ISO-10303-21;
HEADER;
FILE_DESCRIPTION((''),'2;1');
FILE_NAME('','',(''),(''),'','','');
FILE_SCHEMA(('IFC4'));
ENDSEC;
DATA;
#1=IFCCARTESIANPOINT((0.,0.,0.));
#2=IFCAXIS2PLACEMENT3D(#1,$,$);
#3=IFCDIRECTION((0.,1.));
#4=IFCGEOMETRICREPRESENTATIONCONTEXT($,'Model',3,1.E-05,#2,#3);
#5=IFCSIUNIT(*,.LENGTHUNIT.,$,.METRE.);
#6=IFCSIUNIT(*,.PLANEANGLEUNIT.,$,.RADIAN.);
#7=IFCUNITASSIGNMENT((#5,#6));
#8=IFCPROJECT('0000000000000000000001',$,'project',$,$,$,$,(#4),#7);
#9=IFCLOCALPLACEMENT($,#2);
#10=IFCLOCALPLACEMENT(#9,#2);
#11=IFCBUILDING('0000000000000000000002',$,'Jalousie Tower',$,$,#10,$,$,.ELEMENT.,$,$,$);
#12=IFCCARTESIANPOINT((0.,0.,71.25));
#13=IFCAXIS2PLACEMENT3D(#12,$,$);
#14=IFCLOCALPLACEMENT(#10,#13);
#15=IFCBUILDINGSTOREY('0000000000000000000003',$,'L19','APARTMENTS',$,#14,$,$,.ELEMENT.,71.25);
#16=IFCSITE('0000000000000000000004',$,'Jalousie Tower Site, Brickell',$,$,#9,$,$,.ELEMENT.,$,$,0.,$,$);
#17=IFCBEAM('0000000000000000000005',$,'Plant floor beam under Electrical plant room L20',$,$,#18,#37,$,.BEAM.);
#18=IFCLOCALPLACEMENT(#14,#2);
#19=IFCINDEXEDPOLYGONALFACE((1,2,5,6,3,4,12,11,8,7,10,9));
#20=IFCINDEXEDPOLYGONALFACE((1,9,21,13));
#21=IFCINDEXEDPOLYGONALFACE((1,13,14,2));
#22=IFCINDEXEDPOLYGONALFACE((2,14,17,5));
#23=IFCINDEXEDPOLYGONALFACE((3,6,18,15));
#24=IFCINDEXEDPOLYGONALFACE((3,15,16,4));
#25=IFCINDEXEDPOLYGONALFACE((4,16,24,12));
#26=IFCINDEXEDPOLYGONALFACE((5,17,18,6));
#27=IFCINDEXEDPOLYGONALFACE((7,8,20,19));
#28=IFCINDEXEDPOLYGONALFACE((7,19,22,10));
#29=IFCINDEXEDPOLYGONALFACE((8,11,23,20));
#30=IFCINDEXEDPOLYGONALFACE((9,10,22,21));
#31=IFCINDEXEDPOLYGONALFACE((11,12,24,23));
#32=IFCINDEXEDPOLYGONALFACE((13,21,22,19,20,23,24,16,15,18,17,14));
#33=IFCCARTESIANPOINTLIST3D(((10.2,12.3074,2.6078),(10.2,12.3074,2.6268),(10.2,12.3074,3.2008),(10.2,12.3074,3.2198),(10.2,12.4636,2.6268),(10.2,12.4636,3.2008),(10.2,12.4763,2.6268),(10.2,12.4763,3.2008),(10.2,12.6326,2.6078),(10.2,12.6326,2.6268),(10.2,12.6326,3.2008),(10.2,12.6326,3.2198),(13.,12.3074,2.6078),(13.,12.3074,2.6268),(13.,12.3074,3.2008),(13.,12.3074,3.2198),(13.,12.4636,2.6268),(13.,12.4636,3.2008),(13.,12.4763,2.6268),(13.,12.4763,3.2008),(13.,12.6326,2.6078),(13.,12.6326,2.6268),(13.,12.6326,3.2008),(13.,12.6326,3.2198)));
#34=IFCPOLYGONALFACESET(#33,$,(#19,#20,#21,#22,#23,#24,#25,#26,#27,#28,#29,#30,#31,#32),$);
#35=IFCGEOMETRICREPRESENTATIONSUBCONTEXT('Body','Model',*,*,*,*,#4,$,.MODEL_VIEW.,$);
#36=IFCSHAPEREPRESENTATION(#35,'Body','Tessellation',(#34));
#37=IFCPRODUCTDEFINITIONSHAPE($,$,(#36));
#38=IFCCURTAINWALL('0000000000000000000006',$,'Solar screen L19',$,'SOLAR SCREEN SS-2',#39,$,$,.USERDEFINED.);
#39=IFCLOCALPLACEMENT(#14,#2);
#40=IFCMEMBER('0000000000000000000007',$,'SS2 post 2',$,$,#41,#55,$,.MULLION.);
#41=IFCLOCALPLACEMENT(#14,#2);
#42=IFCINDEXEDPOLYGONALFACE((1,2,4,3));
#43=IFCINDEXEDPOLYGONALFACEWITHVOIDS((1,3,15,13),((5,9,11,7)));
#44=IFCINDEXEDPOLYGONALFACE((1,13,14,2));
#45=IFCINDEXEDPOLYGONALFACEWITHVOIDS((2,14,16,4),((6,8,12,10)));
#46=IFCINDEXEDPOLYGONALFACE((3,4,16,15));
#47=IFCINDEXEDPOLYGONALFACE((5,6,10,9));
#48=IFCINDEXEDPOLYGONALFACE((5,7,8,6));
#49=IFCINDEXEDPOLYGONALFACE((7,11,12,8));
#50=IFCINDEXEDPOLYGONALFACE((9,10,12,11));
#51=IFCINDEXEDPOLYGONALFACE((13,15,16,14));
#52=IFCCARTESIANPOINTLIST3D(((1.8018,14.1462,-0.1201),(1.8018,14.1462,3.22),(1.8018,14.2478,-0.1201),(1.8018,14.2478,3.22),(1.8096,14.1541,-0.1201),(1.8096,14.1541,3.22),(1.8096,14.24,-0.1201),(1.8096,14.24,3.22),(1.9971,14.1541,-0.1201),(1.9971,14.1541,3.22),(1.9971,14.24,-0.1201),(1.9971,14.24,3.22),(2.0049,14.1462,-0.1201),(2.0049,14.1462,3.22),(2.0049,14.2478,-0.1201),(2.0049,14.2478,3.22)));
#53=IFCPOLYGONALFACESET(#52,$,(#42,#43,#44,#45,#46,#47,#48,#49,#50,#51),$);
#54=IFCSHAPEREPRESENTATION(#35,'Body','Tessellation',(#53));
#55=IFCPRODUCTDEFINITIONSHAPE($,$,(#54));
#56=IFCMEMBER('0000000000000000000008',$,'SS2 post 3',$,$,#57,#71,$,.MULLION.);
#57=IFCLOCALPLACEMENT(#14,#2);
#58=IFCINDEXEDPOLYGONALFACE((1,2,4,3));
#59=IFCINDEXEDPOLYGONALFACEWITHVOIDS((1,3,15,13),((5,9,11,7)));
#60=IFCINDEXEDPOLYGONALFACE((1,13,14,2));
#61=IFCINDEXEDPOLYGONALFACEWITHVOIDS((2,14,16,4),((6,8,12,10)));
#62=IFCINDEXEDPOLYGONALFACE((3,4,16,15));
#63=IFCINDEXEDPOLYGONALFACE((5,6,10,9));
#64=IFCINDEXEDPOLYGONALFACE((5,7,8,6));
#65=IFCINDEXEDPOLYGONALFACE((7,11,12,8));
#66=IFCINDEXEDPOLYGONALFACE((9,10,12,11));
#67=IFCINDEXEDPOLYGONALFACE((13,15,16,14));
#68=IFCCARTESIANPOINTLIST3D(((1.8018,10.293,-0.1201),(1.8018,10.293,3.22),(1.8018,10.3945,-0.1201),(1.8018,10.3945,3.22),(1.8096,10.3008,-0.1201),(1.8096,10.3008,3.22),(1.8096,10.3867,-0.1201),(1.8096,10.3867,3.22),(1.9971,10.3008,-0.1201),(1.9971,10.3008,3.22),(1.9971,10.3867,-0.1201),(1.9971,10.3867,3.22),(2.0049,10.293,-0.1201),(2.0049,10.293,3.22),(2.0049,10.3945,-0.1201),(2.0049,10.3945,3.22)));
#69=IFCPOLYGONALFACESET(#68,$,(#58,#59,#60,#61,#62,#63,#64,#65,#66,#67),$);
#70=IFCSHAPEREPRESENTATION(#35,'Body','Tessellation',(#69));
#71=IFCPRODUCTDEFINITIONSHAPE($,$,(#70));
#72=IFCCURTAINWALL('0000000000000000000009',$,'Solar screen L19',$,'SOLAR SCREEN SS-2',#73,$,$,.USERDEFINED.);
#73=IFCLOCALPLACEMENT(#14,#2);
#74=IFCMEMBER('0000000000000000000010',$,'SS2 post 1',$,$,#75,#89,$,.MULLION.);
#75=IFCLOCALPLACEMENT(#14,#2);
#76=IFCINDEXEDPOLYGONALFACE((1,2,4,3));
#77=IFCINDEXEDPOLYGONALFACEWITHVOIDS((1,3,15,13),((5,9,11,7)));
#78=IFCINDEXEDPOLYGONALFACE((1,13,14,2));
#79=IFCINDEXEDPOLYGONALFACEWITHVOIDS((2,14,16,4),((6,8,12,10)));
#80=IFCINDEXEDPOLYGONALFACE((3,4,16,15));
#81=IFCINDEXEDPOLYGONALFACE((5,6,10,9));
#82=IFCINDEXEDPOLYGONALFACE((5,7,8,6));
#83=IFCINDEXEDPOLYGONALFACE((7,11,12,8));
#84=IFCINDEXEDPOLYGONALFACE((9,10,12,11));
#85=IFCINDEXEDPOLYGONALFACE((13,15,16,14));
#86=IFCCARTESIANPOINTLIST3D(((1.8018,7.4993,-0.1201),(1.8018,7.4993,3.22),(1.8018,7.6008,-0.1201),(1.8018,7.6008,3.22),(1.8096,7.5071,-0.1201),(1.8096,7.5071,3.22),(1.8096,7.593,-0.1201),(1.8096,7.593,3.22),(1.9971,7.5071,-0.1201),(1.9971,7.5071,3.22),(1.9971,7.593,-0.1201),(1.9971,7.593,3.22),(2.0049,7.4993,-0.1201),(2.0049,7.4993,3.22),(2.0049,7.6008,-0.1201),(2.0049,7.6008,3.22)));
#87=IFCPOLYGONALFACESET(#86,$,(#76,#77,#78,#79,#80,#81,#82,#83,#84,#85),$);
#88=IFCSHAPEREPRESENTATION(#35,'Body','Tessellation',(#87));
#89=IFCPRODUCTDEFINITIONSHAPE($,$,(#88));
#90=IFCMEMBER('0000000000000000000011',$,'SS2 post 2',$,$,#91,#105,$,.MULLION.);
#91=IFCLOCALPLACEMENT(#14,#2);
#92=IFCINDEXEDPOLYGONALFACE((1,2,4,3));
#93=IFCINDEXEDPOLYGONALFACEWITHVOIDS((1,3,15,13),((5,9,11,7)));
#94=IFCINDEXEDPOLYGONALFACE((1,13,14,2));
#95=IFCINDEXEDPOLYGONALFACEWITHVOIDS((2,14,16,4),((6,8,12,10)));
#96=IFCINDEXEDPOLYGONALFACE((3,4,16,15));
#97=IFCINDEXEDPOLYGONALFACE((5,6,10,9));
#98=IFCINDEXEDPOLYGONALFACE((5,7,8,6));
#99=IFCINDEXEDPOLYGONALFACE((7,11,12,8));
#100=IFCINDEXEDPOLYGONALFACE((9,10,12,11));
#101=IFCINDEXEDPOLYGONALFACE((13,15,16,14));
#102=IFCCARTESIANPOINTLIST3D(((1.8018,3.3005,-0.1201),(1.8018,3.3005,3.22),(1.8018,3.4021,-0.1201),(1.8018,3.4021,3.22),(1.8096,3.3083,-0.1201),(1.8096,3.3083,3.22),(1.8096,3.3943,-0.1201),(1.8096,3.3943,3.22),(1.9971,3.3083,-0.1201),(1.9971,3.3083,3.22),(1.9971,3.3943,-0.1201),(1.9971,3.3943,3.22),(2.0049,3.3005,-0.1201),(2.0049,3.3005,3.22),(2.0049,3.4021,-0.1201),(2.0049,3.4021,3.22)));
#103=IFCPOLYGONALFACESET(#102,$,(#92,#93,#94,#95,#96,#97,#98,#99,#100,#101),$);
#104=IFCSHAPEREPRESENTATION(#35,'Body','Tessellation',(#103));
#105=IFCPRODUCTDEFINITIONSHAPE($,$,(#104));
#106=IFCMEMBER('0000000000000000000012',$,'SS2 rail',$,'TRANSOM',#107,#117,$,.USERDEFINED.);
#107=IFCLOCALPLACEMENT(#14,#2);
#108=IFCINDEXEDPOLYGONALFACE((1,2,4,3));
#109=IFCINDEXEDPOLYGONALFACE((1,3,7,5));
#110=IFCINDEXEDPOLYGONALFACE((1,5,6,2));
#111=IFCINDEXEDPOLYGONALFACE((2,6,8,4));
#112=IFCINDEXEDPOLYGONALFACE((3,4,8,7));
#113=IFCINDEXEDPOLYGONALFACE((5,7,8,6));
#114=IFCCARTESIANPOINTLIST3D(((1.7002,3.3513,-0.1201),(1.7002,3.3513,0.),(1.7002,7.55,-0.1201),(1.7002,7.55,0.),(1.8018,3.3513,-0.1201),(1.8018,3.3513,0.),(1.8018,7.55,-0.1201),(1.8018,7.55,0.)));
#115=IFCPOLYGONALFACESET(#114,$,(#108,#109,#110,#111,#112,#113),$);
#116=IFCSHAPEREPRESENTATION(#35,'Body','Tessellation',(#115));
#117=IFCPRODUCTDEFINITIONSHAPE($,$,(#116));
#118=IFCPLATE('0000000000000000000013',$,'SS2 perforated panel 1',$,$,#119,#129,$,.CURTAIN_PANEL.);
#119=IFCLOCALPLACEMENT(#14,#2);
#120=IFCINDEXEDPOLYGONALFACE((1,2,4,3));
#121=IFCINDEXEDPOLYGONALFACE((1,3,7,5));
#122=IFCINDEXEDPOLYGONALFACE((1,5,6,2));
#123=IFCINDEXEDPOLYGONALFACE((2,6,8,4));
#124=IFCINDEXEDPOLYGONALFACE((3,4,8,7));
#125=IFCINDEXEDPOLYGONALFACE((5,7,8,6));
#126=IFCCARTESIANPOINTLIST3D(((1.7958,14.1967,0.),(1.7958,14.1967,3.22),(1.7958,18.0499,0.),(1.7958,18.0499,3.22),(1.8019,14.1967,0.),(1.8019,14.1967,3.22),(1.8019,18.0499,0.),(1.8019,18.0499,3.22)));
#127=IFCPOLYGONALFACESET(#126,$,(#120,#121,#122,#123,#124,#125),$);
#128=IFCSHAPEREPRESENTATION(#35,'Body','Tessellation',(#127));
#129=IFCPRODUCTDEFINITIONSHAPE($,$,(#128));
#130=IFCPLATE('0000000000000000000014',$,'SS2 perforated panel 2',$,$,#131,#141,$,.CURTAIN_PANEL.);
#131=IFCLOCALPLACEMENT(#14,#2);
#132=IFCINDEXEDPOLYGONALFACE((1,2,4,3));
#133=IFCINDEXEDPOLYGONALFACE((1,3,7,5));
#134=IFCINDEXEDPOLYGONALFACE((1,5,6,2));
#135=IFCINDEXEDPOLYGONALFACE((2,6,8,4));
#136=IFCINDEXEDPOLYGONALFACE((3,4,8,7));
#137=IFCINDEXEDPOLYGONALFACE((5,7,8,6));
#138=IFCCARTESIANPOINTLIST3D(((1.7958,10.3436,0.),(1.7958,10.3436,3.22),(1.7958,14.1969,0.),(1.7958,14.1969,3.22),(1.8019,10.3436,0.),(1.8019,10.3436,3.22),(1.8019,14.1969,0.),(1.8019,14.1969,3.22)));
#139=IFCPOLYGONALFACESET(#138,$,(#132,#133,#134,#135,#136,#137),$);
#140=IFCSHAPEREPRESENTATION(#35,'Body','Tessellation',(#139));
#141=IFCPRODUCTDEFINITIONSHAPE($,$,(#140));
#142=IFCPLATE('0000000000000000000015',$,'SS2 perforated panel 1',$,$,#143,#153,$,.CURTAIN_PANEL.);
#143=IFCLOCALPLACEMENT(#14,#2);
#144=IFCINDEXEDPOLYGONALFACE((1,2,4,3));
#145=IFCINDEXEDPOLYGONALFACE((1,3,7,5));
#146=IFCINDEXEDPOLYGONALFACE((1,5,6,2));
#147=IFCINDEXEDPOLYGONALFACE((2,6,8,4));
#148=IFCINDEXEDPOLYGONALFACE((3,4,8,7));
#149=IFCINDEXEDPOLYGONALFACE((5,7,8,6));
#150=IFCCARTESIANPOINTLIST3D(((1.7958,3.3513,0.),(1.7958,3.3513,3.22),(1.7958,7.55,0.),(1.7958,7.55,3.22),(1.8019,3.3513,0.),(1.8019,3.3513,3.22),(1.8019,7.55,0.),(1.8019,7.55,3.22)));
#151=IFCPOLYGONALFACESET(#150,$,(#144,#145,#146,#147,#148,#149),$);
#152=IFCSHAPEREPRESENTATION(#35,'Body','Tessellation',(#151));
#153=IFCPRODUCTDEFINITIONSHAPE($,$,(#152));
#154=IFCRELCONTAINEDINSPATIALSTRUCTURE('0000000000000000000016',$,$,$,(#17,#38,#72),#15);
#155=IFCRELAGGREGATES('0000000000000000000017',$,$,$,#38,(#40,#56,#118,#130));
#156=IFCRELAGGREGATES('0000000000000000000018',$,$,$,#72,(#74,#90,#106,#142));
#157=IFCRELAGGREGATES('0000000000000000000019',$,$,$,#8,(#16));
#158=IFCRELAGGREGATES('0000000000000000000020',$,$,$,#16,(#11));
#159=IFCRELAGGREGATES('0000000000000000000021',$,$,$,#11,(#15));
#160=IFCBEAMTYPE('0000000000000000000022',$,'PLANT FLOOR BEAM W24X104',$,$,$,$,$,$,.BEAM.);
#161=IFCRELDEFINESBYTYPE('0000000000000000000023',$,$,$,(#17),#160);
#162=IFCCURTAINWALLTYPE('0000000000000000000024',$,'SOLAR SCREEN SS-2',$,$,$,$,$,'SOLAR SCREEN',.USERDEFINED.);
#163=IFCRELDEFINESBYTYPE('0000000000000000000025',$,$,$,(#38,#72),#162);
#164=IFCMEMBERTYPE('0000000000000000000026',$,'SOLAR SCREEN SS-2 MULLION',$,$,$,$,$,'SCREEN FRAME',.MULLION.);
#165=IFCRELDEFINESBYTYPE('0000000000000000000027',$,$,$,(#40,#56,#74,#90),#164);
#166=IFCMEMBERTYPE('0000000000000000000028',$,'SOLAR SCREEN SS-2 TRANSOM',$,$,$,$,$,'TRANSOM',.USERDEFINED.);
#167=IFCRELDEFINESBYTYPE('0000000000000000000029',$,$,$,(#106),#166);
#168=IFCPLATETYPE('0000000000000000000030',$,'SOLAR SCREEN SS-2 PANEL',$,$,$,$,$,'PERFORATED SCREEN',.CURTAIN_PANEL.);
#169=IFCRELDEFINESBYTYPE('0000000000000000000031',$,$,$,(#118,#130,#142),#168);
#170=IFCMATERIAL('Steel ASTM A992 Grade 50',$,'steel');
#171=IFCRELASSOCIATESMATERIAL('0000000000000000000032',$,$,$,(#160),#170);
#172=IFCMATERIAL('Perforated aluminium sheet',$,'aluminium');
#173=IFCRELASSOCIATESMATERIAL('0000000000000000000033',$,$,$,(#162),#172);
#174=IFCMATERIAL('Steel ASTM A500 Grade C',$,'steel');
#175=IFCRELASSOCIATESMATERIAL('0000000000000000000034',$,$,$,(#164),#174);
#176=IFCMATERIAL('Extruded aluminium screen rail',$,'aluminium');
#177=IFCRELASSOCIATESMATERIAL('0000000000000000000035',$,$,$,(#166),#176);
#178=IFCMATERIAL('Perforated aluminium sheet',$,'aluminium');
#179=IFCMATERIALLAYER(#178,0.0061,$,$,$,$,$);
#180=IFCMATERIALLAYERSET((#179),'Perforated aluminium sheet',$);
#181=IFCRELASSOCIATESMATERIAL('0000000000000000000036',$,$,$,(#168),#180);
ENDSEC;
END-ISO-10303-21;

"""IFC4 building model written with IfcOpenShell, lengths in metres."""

from ifc_helpers import new_model, si_unit, direction, frame, origin, origin_2d, place, context, subcontext, project, spatial, rectangle, hollow_rectangle, i_section, extrude, material, layer, layer_set, material_profile, profile_set, type_object, element, aggregate, save


model = new_model("IFC4")

# Units and contexts
model_context = context("Model", 3, precision=1e-05, world=origin(), true_north=direction((0.0, 1.0)))
body_context = subcontext(model_context, "Body", "Model", "MODEL_VIEW")
ifc_project = project(units=[si_unit("LENGTHUNIT", "METRE"), si_unit("PLANEANGLEUNIT", "RADIAN")], contexts=[model_context])

# Site, building, storey
site_placement = place(None, origin())
site = spatial("IfcSite", under=ifc_project, at=site_placement, Name="Jalousie Tower Site, Brickell", CompositionType="ELEMENT", RefElevation=0.0)
building_placement = place(site_placement, origin())
building = spatial("IfcBuilding", under=site, at=building_placement, Name="Jalousie Tower", CompositionType="ELEMENT")
storey_placement = place(building_placement, frame((0.0, 0.0, 71.25)))
storey = spatial("IfcBuildingStorey", under=building, at=storey_placement, Name="L19", Description="APARTMENTS", CompositionType="ELEMENT", Elevation=71.25)

# Beam
ifc_material_1 = material(Name="Steel ASTM A992 Grade 50", Category="steel")
ifc_material_profile_1 = material_profile(ifc_material_1, i_section(OverallWidth=0.3252, OverallDepth=0.6121, WebThickness=0.0127, FlangeThickness=0.019, at=origin_2d()), Name="W24X104")
ifc_profile_set_1 = profile_set([ifc_material_profile_1], Name="Steel ASTM A992 Grade 50")
beam_type = type_object("IfcBeamType", Name="PLANT FLOOR BEAM W24X104", PredefinedType="BEAM", material=ifc_profile_set_1)
beam_1_placement = place(storey_placement, frame((10.2, 12.47, 2.9138), z_axis=(1.0, 0.0, 0.0), x_axis=(0.0, 1.0, 0.0)))
element("IfcBeam", 1, at=beam_1_placement, inside=storey, type_object=beam_type, Name="Plant floor beam under Electrical plant room L20", PredefinedType="BEAM", context=body_context, shape_type="SweptSolid", body=[
    extrude(i_section(OverallWidth=0.3252, OverallDepth=0.6121, WebThickness=0.0127, FlangeThickness=0.019, at=origin_2d()), origin(), (0.0, 0.0, 1.0), 2.8),
])

# Curtain walls, members
ifc_material_2 = material(Name="Perforated aluminium sheet", Category="aluminium")
curtain_wall_type_1 = type_object("IfcCurtainWallType", Name="SOLAR SCREEN SS-2", ElementType="SOLAR SCREEN", PredefinedType="USERDEFINED", material=ifc_material_2)
curtain_wall_1_placement = place(storey_placement, origin())
curtain_wall_1 = element("IfcCurtainWall", 2, at=curtain_wall_1_placement, inside=storey, type_object=curtain_wall_type_1, Name="Solar screen L19", ObjectType="SOLAR SCREEN SS-2", PredefinedType="USERDEFINED")
ifc_material_3 = material(Name="Steel ASTM A500 Grade C", Category="steel")
ifc_material_profile_2 = material_profile(ifc_material_3, hollow_rectangle(XDim=0.1016, YDim=0.2031, WallThickness=0.0078, at=origin_2d()), Name="HSS8X4X5/16")
ifc_profile_set_2 = profile_set([ifc_material_profile_2], Name="Steel ASTM A500 Grade C")
member_type_1 = type_object("IfcMemberType", Name="SOLAR SCREEN SS-2 MULLION", ElementType="SCREEN FRAME", PredefinedType="MULLION", material=ifc_profile_set_2)
member_1_placement = place(storey_placement, frame((1.9033, 14.197, -0.1201), z_axis=(0.0, 0.0, 1.0), x_axis=(0.0, -1.0, 0.0)))
member_1 = element("IfcMember", 3, at=member_1_placement, type_object=member_type_1, Name="SS2 post 2", PredefinedType="MULLION", context=body_context, shape_type="SweptSolid", body=[
    extrude(hollow_rectangle(XDim=0.1016, YDim=0.2031, WallThickness=0.0078, at=origin_2d()), origin(), (0.0, 0.0, 1.0), 3.3401),
])
member_2_placement = place(storey_placement, frame((1.9033, 10.3438, -0.1201), z_axis=(0.0, 0.0, 1.0), x_axis=(0.0, -1.0, 0.0)))
member_2 = element("IfcMember", 4, at=member_2_placement, type_object=member_type_1, Name="SS2 post 3", PredefinedType="MULLION", context=body_context, shape_type="SweptSolid", body=[
    extrude(hollow_rectangle(XDim=0.1016, YDim=0.2031, WallThickness=0.0078, at=origin_2d()), origin(), (0.0, 0.0, 1.0), 3.3401),
])
curtain_wall_2_placement = place(storey_placement, origin())
curtain_wall_2 = element("IfcCurtainWall", 5, at=curtain_wall_2_placement, inside=storey, type_object=curtain_wall_type_1, Name="Solar screen L19", ObjectType="SOLAR SCREEN SS-2", PredefinedType="USERDEFINED")
member_3_placement = place(storey_placement, frame((1.9033, 7.55, -0.1201), z_axis=(0.0, 0.0, 1.0), x_axis=(0.0, -1.0, 0.0)))
member_3 = element("IfcMember", 6, at=member_3_placement, type_object=member_type_1, Name="SS2 post 1", PredefinedType="MULLION", context=body_context, shape_type="SweptSolid", body=[
    extrude(hollow_rectangle(XDim=0.1016, YDim=0.2031, WallThickness=0.0078, at=origin_2d()), origin(), (0.0, 0.0, 1.0), 3.3401),
])
member_4_placement = place(storey_placement, frame((1.9033, 3.3513, -0.1201), z_axis=(0.0, 0.0, 1.0), x_axis=(0.0, -1.0, 0.0)))
member_4 = element("IfcMember", 7, at=member_4_placement, type_object=member_type_1, Name="SS2 post 2", PredefinedType="MULLION", context=body_context, shape_type="SweptSolid", body=[
    extrude(hollow_rectangle(XDim=0.1016, YDim=0.2031, WallThickness=0.0078, at=origin_2d()), origin(), (0.0, 0.0, 1.0), 3.3401),
])
ifc_material_4 = material(Name="Extruded aluminium screen rail", Category="aluminium")
ifc_material_profile_3 = material_profile(ifc_material_4, rectangle(XDim=0.1016, YDim=0.1201, at=origin_2d()), Name="RAIL 102x120")
ifc_profile_set_3 = profile_set([ifc_material_profile_3], Name="Extruded aluminium screen rail")
member_type_2 = type_object("IfcMemberType", Name="SOLAR SCREEN SS-2 TRANSOM", ElementType="TRANSOM", PredefinedType="USERDEFINED", material=ifc_profile_set_3)
member_5_placement = place(storey_placement, frame((1.751, 7.55, -0.0601), z_axis=(0.0, -1.0, 0.0), x_axis=(1.0, 0.0, 0.0)))
member_5 = element("IfcMember", 8, at=member_5_placement, type_object=member_type_2, Name="SS2 rail", ObjectType="TRANSOM", PredefinedType="USERDEFINED", context=body_context, shape_type="SweptSolid", body=[
    extrude(rectangle(XDim=0.1016, YDim=0.1201, at=origin_2d()), origin(), (0.0, 0.0, 1.0), 4.1987),
])

# Plates
ifc_material_5 = material(Name="Perforated aluminium sheet", Category="aluminium")
ifc_layer_1 = layer(ifc_material_5, 0.0061)
ifc_layer_set_1 = layer_set([ifc_layer_1], Name="Perforated aluminium sheet")
plate_type = type_object("IfcPlateType", Name="SOLAR SCREEN SS-2 PANEL", ElementType="PERFORATED SCREEN", PredefinedType="CURTAIN_PANEL", material=ifc_layer_set_1)
plate_1_placement = place(storey_placement, frame((1.7988, 16.1233, 0.0), z_axis=(0.0, 0.0, 1.0), x_axis=(0.0, -1.0, 0.0)))
plate_1 = element("IfcPlate", 9, at=plate_1_placement, type_object=plate_type, Name="SS2 perforated panel 1", PredefinedType="CURTAIN_PANEL", context=body_context, shape_type="SweptSolid", body=[
    extrude(rectangle(XDim=3.8533, YDim=0.0061, at=origin_2d()), origin(), (0.0, 0.0, 1.0), 3.22),
])
plate_2_placement = place(storey_placement, frame((1.7988, 12.2703, 0.0), z_axis=(0.0, 0.0, 1.0), x_axis=(0.0, -1.0, 0.0)))
plate_2 = element("IfcPlate", 10, at=plate_2_placement, type_object=plate_type, Name="SS2 perforated panel 2", PredefinedType="CURTAIN_PANEL", context=body_context, shape_type="SweptSolid", body=[
    extrude(rectangle(XDim=3.8533, YDim=0.0061, at=origin_2d()), origin(), (0.0, 0.0, 1.0), 3.22),
])
aggregate(curtain_wall_1, [member_1, member_2, plate_1, plate_2])
plate_3_placement = place(storey_placement, frame((1.7988, 5.4507, 0.0), z_axis=(0.0, 0.0, 1.0), x_axis=(0.0, -1.0, 0.0)))
plate_3 = element("IfcPlate", 11, at=plate_3_placement, type_object=plate_type, Name="SS2 perforated panel 1", PredefinedType="CURTAIN_PANEL", context=body_context, shape_type="SweptSolid", body=[
    extrude(rectangle(XDim=4.1987, YDim=0.0061, at=origin_2d()), origin(), (0.0, 0.0, 1.0), 3.22),
])
aggregate(curtain_wall_2, [member_3, member_4, member_5, plate_3])

save(model, "model.ifc")
